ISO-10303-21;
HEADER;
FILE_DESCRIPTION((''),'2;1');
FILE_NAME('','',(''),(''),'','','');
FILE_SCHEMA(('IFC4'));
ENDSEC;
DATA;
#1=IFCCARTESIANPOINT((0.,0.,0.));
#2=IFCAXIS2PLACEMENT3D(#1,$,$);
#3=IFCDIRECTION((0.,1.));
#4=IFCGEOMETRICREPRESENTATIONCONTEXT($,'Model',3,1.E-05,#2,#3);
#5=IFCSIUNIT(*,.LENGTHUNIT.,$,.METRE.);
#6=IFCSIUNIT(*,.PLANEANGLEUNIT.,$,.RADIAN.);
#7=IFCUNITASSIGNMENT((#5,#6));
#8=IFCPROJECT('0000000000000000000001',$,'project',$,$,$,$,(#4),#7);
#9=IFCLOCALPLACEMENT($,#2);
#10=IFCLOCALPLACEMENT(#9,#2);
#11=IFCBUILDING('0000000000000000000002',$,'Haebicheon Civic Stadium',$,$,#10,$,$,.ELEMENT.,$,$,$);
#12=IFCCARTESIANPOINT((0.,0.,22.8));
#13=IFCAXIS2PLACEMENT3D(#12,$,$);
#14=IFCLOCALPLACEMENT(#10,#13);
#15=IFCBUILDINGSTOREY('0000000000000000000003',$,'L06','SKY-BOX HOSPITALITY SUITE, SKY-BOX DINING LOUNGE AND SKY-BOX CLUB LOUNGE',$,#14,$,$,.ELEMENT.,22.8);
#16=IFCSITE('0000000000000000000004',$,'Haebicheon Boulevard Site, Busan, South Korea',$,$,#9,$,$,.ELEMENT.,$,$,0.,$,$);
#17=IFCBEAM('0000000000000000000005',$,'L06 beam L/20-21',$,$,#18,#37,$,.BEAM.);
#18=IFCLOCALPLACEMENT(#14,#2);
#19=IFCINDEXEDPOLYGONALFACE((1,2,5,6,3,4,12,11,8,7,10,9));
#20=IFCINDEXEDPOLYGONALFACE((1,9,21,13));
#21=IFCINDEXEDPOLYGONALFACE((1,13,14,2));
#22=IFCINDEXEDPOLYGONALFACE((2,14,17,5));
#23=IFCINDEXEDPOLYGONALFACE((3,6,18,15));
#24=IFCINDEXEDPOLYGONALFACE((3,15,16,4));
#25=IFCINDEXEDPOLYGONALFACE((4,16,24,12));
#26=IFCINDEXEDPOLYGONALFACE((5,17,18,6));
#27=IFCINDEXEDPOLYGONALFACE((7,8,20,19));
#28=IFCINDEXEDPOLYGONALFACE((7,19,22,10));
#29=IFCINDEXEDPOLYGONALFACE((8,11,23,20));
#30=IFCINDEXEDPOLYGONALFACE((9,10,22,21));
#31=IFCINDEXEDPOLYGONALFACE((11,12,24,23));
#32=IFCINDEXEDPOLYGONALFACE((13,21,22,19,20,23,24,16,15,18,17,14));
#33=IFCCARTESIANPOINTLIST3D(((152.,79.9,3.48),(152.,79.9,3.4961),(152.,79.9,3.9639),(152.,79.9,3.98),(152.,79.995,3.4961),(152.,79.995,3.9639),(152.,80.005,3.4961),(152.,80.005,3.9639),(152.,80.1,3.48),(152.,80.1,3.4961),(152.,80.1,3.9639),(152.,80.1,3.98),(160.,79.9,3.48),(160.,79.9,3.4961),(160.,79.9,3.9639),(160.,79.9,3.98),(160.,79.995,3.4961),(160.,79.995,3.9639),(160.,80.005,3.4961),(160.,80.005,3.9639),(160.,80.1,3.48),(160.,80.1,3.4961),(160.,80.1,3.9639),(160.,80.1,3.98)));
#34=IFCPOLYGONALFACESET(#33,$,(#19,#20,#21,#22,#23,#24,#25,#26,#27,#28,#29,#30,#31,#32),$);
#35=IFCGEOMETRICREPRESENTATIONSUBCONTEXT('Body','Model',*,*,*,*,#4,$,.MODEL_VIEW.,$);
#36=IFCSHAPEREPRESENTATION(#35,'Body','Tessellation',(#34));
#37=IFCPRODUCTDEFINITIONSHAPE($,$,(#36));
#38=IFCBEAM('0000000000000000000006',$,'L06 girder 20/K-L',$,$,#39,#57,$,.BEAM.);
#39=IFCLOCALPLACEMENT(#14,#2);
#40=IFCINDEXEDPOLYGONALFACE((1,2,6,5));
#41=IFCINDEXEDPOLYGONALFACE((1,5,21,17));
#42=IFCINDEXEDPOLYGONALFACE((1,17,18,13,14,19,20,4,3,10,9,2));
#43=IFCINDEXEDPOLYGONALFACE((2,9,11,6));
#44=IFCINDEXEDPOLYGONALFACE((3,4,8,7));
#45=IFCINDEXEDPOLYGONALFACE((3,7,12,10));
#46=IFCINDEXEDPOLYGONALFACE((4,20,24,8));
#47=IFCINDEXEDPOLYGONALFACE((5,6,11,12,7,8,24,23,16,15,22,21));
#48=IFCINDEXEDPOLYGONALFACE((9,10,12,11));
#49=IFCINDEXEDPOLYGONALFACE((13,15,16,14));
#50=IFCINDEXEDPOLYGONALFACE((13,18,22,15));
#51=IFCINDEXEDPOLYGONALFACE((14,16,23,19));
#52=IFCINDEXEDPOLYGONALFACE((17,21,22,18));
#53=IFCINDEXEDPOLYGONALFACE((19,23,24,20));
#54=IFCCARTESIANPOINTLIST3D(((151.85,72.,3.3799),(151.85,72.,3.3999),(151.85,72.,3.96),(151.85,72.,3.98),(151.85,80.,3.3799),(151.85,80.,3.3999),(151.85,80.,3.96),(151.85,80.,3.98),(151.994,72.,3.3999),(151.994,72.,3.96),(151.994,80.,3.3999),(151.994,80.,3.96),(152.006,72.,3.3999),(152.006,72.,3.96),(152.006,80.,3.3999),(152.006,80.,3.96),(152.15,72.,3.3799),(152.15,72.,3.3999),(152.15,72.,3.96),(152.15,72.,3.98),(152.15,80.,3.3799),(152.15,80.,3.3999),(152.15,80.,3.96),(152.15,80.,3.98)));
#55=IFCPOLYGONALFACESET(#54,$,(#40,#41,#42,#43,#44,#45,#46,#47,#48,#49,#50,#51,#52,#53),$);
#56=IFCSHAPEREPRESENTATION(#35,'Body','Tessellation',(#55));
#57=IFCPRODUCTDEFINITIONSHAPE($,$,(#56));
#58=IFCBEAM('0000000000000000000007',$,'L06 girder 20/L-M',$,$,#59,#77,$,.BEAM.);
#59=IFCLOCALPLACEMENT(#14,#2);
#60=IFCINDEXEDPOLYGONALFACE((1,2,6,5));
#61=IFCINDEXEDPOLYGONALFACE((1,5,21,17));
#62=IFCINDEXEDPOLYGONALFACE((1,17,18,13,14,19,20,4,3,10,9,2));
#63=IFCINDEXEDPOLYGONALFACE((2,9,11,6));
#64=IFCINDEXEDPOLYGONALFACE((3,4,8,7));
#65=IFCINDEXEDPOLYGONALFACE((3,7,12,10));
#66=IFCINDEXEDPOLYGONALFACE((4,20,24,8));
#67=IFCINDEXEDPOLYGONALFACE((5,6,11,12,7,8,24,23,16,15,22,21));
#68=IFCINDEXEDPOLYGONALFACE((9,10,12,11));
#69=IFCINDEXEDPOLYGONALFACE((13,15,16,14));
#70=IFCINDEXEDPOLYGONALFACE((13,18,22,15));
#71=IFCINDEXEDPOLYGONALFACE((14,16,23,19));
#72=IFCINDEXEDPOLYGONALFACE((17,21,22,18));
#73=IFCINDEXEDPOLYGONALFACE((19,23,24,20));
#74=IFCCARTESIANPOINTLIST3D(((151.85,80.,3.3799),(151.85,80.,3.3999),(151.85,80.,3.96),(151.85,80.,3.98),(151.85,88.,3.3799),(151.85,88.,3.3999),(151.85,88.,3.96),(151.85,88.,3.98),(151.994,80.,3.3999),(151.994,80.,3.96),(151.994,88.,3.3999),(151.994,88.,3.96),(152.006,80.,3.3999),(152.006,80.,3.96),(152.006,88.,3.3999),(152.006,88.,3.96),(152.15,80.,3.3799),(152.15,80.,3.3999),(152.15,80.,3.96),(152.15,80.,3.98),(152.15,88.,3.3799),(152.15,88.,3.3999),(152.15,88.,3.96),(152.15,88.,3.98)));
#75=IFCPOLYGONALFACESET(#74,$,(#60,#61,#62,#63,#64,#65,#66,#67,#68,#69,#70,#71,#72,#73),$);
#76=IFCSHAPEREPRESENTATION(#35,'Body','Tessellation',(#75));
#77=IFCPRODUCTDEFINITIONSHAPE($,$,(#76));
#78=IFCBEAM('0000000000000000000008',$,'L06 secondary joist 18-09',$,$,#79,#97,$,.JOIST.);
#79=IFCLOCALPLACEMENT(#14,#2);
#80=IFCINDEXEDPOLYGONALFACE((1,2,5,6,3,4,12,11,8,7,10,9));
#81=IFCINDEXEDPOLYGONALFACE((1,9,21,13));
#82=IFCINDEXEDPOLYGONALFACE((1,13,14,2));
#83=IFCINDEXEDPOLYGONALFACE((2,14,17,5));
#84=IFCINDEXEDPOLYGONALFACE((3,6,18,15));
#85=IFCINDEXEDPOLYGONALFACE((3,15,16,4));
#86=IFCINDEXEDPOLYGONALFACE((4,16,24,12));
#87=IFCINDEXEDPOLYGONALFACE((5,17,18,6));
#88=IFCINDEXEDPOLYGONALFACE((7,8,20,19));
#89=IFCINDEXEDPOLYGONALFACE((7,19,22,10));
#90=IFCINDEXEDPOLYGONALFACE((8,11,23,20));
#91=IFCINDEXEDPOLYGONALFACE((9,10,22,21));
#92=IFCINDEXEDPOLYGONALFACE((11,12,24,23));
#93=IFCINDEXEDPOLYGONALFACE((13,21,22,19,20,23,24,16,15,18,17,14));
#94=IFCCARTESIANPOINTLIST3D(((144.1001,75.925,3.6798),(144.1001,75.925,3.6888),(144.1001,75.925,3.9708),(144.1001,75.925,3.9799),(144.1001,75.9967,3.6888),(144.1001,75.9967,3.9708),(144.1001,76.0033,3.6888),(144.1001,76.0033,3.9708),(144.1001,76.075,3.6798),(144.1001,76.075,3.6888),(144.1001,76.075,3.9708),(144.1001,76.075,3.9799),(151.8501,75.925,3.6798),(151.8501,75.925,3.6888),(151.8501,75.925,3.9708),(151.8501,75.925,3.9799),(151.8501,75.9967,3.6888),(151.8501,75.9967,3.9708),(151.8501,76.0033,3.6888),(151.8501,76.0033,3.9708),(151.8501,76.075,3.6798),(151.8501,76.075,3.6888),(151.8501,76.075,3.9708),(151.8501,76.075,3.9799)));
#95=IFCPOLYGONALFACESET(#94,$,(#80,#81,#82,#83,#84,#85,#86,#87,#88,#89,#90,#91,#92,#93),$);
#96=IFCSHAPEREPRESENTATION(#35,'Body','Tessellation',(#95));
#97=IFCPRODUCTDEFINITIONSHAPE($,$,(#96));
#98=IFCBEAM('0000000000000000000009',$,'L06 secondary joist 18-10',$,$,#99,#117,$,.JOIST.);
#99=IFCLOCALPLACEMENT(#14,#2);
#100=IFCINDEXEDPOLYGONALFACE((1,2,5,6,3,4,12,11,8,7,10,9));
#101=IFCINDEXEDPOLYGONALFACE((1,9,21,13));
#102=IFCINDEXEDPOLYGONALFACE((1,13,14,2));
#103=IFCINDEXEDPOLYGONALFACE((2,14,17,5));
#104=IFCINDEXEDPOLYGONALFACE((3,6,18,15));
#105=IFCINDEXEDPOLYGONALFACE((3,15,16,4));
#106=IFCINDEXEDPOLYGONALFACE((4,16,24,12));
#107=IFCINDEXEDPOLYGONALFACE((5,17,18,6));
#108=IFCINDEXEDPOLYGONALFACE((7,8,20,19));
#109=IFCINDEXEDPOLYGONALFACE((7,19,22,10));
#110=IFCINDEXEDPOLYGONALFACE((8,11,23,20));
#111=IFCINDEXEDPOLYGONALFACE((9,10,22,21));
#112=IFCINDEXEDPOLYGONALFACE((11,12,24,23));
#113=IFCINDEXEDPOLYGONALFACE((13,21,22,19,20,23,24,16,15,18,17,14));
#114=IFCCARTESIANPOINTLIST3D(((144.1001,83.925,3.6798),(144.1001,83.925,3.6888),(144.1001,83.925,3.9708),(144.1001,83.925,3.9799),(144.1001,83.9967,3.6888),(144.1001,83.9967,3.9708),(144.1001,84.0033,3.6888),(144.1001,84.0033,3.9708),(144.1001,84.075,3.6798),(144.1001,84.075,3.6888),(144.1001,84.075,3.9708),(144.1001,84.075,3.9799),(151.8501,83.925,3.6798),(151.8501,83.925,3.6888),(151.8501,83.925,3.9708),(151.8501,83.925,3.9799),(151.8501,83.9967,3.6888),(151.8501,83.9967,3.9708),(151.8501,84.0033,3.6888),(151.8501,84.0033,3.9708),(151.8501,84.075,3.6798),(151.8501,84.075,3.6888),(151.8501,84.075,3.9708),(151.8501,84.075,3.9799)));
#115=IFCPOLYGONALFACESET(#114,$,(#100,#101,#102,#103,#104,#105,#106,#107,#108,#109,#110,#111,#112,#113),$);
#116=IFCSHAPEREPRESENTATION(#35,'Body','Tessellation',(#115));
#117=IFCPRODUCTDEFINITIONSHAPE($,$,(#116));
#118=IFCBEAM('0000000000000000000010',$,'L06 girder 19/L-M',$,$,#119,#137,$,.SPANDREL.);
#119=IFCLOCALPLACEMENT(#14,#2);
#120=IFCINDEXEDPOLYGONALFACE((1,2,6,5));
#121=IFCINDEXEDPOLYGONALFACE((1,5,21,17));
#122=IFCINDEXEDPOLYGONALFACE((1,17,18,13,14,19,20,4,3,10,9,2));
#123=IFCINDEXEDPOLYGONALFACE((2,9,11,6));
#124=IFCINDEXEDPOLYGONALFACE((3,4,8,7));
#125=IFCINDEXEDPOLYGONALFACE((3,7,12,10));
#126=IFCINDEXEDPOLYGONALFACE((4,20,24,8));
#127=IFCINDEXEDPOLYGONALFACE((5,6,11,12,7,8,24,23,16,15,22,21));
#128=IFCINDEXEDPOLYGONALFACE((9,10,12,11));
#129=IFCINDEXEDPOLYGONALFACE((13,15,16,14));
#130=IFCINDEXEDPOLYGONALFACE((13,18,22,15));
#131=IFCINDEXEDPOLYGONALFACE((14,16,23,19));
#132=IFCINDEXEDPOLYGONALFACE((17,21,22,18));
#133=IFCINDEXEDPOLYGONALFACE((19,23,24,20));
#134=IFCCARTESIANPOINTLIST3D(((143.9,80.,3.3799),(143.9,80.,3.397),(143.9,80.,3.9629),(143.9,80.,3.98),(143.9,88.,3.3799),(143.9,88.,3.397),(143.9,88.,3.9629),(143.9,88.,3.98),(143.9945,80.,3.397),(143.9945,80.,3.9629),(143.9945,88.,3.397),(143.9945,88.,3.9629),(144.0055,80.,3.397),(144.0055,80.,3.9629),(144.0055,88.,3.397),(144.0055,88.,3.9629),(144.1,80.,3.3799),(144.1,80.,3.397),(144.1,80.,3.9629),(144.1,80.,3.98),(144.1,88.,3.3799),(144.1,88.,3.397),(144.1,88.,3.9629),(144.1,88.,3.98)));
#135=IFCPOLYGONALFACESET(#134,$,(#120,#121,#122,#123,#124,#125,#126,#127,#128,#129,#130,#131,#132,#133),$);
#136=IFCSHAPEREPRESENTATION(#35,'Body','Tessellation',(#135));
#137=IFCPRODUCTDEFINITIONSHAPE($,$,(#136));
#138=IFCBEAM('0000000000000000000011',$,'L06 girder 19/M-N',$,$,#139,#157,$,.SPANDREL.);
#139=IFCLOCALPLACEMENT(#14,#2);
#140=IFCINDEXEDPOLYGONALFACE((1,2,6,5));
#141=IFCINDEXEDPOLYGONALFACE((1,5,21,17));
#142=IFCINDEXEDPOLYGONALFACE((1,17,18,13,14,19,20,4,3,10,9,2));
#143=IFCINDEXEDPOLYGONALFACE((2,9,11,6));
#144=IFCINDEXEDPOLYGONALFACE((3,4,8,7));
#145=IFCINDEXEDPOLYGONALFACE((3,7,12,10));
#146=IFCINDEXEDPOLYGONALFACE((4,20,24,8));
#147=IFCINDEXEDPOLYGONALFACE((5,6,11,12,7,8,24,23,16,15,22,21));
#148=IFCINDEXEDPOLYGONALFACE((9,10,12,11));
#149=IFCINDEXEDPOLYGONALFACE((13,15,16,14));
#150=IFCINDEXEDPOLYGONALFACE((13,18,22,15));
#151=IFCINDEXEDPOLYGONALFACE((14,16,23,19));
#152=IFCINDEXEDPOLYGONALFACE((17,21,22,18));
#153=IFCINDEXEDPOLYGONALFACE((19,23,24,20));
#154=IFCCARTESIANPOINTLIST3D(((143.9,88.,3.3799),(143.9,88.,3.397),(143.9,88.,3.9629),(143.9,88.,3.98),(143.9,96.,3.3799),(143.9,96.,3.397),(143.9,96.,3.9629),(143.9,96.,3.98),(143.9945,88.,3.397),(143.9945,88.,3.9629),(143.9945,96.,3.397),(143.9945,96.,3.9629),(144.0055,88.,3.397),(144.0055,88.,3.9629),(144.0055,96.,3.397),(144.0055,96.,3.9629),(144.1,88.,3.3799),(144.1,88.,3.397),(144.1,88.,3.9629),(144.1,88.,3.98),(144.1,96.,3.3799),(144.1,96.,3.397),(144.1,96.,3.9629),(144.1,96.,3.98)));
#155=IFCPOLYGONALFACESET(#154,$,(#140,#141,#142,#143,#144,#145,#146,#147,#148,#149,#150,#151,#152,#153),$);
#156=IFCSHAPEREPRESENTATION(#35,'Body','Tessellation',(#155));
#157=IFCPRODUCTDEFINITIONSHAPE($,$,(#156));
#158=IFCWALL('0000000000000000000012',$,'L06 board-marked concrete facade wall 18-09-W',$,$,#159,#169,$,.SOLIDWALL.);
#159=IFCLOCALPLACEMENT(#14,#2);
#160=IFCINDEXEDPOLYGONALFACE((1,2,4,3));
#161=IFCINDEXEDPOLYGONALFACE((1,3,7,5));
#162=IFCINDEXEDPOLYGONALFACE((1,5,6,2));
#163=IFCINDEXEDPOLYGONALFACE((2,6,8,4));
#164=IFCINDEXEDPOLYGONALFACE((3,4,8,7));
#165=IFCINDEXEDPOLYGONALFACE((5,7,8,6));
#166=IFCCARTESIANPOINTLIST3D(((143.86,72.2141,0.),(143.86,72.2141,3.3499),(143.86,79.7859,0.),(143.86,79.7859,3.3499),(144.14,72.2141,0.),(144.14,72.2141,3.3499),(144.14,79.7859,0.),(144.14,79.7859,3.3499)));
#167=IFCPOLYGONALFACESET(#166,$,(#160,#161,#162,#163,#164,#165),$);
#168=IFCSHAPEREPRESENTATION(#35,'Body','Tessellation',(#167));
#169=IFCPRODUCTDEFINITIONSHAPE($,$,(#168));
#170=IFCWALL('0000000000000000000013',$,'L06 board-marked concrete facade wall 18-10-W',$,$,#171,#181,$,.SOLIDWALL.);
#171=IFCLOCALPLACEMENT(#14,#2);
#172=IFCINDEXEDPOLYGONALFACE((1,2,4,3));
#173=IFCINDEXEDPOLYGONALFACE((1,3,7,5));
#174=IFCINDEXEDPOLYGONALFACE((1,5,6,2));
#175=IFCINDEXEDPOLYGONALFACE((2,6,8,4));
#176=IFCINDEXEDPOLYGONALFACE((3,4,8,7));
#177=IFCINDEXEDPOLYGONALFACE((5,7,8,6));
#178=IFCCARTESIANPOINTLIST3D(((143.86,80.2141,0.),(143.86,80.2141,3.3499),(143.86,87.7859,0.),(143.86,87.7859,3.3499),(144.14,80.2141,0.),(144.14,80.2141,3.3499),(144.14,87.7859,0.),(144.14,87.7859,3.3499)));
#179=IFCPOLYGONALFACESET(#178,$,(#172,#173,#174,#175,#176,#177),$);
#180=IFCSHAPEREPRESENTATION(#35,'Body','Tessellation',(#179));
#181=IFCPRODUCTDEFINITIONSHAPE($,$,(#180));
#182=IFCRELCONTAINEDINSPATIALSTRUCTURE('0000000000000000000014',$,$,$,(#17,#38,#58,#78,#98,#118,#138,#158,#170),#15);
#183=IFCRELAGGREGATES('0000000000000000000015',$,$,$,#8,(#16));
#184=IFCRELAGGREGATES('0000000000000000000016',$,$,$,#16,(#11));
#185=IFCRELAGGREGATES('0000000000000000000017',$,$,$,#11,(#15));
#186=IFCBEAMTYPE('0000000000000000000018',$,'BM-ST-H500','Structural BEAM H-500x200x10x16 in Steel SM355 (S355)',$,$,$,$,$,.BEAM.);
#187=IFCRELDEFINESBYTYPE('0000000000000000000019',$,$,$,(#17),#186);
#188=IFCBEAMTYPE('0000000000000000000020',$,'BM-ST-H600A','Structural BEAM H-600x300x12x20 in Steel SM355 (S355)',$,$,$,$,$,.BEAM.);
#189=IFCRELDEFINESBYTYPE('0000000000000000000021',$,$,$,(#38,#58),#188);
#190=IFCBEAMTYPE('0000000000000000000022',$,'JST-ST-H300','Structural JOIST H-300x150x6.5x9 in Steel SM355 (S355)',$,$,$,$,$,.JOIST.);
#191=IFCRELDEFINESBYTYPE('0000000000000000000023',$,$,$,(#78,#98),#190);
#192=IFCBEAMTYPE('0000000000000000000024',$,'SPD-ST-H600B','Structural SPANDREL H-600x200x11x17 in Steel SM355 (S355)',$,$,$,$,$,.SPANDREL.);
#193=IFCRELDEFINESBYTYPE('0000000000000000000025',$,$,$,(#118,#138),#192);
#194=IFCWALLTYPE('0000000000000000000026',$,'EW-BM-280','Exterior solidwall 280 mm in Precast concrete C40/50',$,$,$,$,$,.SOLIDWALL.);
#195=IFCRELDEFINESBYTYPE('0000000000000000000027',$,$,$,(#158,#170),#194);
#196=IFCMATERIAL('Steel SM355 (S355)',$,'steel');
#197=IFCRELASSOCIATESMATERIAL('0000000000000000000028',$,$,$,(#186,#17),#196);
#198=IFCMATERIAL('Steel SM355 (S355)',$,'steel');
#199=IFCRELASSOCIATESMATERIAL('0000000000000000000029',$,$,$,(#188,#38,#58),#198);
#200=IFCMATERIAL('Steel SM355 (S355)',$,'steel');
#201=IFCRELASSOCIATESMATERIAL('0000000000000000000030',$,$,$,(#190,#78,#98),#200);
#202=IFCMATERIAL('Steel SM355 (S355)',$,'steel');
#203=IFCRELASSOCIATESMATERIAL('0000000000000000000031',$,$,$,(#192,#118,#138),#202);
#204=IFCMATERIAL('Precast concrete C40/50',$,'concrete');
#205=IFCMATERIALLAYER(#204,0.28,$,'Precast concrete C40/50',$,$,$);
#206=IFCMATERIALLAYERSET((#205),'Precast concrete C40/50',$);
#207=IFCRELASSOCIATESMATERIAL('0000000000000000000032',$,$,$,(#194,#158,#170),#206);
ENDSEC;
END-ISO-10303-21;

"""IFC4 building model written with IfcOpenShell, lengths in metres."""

from ifc_helpers import new_model, si_unit, direction, frame, frame_2d, origin, origin_2d, place, context, subcontext, project, spatial, rectangle, i_section, extrude, material, layer, layer_set, material_profile, profile_set, type_object, element, save


model = new_model("IFC4")

# Units and contexts
model_context = context("Model", 3, precision=1e-05, world=origin(), true_north=direction((0.0, 1.0)))
body_context = subcontext(model_context, "Body", "Model", "MODEL_VIEW")
ifc_project = project(units=[si_unit("LENGTHUNIT", "METRE"), si_unit("PLANEANGLEUNIT", "RADIAN")], contexts=[model_context])

# Site, building, storey
site_placement = place(None, origin())
site = spatial("IfcSite", under=ifc_project, at=site_placement, Name="Haebicheon Boulevard Site, Busan, South Korea", CompositionType="ELEMENT", RefElevation=0.0)
building_placement = place(site_placement, origin())
building = spatial("IfcBuilding", under=site, at=building_placement, Name="Haebicheon Civic Stadium", CompositionType="ELEMENT")
storey_placement = place(building_placement, frame((0.0, 0.0, 22.8)))
storey = spatial("IfcBuildingStorey", under=building, at=storey_placement, Name="L06", Description="SKY-BOX HOSPITALITY SUITE, SKY-BOX DINING LOUNGE AND SKY-BOX CLUB LOUNGE", CompositionType="ELEMENT", Elevation=22.8)

# Beams
ifc_material_1 = material(Name="Steel SM355 (S355)", Category="steel")
ifc_material_profile_1 = material_profile(ifc_material_1, i_section(OverallWidth=0.2, OverallDepth=0.5, WebThickness=0.01, FlangeThickness=0.0161, at=origin_2d()), Name="H-500x200x10x16")
ifc_profile_set_1 = profile_set([ifc_material_profile_1], Name="Steel SM355 (S355)")
beam_type_1 = type_object("IfcBeamType", Name="BM-ST-H500", Description="Structural BEAM H-500x200x10x16 in Steel SM355 (S355)", PredefinedType="BEAM", material=ifc_profile_set_1)
for number, where, z_axis, x_axis, name in (
    (1, (152.0, 80.0, 3.73), (1.0, 0.0, 0.0), (0.0, 1.0, 0.0), "L06 beam L/20-21"),
):
    element("IfcBeam", number, at=place(storey_placement, frame(where, z_axis=z_axis, x_axis=x_axis)), inside=storey, type_object=beam_type_1, material=ifc_profile_set_1, Name=name, PredefinedType="BEAM", context=body_context, shape_type="SweptSolid", body=[
        extrude(i_section(OverallWidth=0.2, OverallDepth=0.5, WebThickness=0.01, FlangeThickness=0.0161, at=origin_2d()), origin(), (0.0, 0.0, 1.0), 8.0),
    ])
ifc_material_2 = material(Name="Steel SM355 (S355)", Category="steel")
ifc_material_profile_2 = material_profile(ifc_material_2, i_section(OverallWidth=0.3, OverallDepth=0.6001, WebThickness=0.012, FlangeThickness=0.02, at=origin_2d()), Name="H-600x300x12x20")
ifc_profile_set_2 = profile_set([ifc_material_profile_2], Name="Steel SM355 (S355)")
beam_type_2 = type_object("IfcBeamType", Name="BM-ST-H600A", Description="Structural BEAM H-600x300x12x20 in Steel SM355 (S355)", PredefinedType="BEAM", material=ifc_profile_set_2)
for number, where, z_axis, x_axis, name in (
    (2, (152.0, 72.0, 3.6799), (0.0, 1.0, 0.0), (-1.0, 0.0, 0.0), "L06 girder 20/K-L"),
    (3, (152.0, 80.0, 3.6799), (0.0, 1.0, 0.0), (-1.0, 0.0, 0.0), "L06 girder 20/L-M"),
):
    element("IfcBeam", number, at=place(storey_placement, frame(where, z_axis=z_axis, x_axis=x_axis)), inside=storey, type_object=beam_type_2, material=ifc_profile_set_2, Name=name, PredefinedType="BEAM", context=body_context, shape_type="SweptSolid", body=[
        extrude(i_section(OverallWidth=0.3, OverallDepth=0.6001, WebThickness=0.012, FlangeThickness=0.02, at=origin_2d()), origin(), (0.0, 0.0, 1.0), 8.0),
    ])
ifc_material_3 = material(Name="Steel SM355 (S355)", Category="steel")
ifc_material_profile_3 = material_profile(ifc_material_3, i_section(OverallWidth=0.1499, OverallDepth=0.3, WebThickness=0.0066, FlangeThickness=0.009, at=origin_2d()), Name="H-300x150x6.5x9")
ifc_profile_set_3 = profile_set([ifc_material_profile_3], Name="Steel SM355 (S355)")
beam_type_3 = type_object("IfcBeamType", Name="JST-ST-H300", Description="Structural JOIST H-300x150x6.5x9 in Steel SM355 (S355)", PredefinedType="JOIST", material=ifc_profile_set_3)
for number, where, z_axis, x_axis, name in (
    (4, (144.1001, 76.0, 3.8298), (1.0, 0.0, 0.0), (0.0, 1.0, 0.0), "L06 secondary joist 18-09"),
    (5, (144.1001, 84.0, 3.8298), (1.0, 0.0, 0.0), (0.0, 1.0, 0.0), "L06 secondary joist 18-10"),
):
    element("IfcBeam", number, at=place(storey_placement, frame(where, z_axis=z_axis, x_axis=x_axis)), inside=storey, type_object=beam_type_3, material=ifc_profile_set_3, Name=name, PredefinedType="JOIST", context=body_context, shape_type="SweptSolid", body=[
        extrude(i_section(OverallWidth=0.1499, OverallDepth=0.3, WebThickness=0.0066, FlangeThickness=0.009, at=origin_2d()), origin(), (0.0, 0.0, 1.0), 7.75),
    ])
ifc_material_4 = material(Name="Steel SM355 (S355)", Category="steel")
ifc_material_profile_4 = material_profile(ifc_material_4, i_section(OverallWidth=0.2, OverallDepth=0.6001, WebThickness=0.011, FlangeThickness=0.0171, at=origin_2d()), Name="H-600x200x11x17")
ifc_profile_set_4 = profile_set([ifc_material_profile_4], Name="Steel SM355 (S355)")
beam_type_4 = type_object("IfcBeamType", Name="SPD-ST-H600B", Description="Structural SPANDREL H-600x200x11x17 in Steel SM355 (S355)", PredefinedType="SPANDREL", material=ifc_profile_set_4)
for number, where, z_axis, x_axis, name in (
    (6, (144.0, 80.0, 3.6799), (0.0, 1.0, 0.0), (-1.0, 0.0, 0.0), "L06 girder 19/L-M"),
    (7, (144.0, 88.0, 3.6799), (0.0, 1.0, 0.0), (-1.0, 0.0, 0.0), "L06 girder 19/M-N"),
):
    element("IfcBeam", number, at=place(storey_placement, frame(where, z_axis=z_axis, x_axis=x_axis)), inside=storey, type_object=beam_type_4, material=ifc_profile_set_4, Name=name, PredefinedType="SPANDREL", context=body_context, shape_type="SweptSolid", body=[
        extrude(i_section(OverallWidth=0.2, OverallDepth=0.6001, WebThickness=0.011, FlangeThickness=0.0171, at=origin_2d()), origin(), (0.0, 0.0, 1.0), 8.0),
    ])

# Walls
ifc_material_5 = material(Name="Precast concrete C40/50", Category="concrete")
ifc_layer_1 = layer(ifc_material_5, 0.28, Name="Precast concrete C40/50")
ifc_layer_set_1 = layer_set([ifc_layer_1], Name="Precast concrete C40/50")
wall_type_1 = type_object("IfcWallType", Name="EW-BM-280", Description="Exterior solidwall 280 mm in Precast concrete C40/50", PredefinedType="SOLIDWALL", material=ifc_layer_set_1)
for number, where, z_axis, x_axis, name in (
    (8, (144.0, 72.2141, 0.0), (0.0, 0.0, 1.0), (0.0, 1.0, 0.0), "L06 board-marked concrete facade wall 18-09-W"),
    (9, (144.0, 80.2141, 0.0), (0.0, 0.0, 1.0), (0.0, 1.0, 0.0), "L06 board-marked concrete facade wall 18-10-W"),
):
    element("IfcWall", number, at=place(storey_placement, frame(where, z_axis=z_axis, x_axis=x_axis)), inside=storey, type_object=wall_type_1, material=ifc_layer_set_1, Name=name, PredefinedType="SOLIDWALL", context=body_context, shape_type="SweptSolid", body=[
        extrude(rectangle(XDim=7.5718, YDim=0.28, at=frame_2d((3.7859, 0.0))), origin(), (0.0, 0.0, 1.0), 3.3499),
    ])

save(model, "model.ifc")
